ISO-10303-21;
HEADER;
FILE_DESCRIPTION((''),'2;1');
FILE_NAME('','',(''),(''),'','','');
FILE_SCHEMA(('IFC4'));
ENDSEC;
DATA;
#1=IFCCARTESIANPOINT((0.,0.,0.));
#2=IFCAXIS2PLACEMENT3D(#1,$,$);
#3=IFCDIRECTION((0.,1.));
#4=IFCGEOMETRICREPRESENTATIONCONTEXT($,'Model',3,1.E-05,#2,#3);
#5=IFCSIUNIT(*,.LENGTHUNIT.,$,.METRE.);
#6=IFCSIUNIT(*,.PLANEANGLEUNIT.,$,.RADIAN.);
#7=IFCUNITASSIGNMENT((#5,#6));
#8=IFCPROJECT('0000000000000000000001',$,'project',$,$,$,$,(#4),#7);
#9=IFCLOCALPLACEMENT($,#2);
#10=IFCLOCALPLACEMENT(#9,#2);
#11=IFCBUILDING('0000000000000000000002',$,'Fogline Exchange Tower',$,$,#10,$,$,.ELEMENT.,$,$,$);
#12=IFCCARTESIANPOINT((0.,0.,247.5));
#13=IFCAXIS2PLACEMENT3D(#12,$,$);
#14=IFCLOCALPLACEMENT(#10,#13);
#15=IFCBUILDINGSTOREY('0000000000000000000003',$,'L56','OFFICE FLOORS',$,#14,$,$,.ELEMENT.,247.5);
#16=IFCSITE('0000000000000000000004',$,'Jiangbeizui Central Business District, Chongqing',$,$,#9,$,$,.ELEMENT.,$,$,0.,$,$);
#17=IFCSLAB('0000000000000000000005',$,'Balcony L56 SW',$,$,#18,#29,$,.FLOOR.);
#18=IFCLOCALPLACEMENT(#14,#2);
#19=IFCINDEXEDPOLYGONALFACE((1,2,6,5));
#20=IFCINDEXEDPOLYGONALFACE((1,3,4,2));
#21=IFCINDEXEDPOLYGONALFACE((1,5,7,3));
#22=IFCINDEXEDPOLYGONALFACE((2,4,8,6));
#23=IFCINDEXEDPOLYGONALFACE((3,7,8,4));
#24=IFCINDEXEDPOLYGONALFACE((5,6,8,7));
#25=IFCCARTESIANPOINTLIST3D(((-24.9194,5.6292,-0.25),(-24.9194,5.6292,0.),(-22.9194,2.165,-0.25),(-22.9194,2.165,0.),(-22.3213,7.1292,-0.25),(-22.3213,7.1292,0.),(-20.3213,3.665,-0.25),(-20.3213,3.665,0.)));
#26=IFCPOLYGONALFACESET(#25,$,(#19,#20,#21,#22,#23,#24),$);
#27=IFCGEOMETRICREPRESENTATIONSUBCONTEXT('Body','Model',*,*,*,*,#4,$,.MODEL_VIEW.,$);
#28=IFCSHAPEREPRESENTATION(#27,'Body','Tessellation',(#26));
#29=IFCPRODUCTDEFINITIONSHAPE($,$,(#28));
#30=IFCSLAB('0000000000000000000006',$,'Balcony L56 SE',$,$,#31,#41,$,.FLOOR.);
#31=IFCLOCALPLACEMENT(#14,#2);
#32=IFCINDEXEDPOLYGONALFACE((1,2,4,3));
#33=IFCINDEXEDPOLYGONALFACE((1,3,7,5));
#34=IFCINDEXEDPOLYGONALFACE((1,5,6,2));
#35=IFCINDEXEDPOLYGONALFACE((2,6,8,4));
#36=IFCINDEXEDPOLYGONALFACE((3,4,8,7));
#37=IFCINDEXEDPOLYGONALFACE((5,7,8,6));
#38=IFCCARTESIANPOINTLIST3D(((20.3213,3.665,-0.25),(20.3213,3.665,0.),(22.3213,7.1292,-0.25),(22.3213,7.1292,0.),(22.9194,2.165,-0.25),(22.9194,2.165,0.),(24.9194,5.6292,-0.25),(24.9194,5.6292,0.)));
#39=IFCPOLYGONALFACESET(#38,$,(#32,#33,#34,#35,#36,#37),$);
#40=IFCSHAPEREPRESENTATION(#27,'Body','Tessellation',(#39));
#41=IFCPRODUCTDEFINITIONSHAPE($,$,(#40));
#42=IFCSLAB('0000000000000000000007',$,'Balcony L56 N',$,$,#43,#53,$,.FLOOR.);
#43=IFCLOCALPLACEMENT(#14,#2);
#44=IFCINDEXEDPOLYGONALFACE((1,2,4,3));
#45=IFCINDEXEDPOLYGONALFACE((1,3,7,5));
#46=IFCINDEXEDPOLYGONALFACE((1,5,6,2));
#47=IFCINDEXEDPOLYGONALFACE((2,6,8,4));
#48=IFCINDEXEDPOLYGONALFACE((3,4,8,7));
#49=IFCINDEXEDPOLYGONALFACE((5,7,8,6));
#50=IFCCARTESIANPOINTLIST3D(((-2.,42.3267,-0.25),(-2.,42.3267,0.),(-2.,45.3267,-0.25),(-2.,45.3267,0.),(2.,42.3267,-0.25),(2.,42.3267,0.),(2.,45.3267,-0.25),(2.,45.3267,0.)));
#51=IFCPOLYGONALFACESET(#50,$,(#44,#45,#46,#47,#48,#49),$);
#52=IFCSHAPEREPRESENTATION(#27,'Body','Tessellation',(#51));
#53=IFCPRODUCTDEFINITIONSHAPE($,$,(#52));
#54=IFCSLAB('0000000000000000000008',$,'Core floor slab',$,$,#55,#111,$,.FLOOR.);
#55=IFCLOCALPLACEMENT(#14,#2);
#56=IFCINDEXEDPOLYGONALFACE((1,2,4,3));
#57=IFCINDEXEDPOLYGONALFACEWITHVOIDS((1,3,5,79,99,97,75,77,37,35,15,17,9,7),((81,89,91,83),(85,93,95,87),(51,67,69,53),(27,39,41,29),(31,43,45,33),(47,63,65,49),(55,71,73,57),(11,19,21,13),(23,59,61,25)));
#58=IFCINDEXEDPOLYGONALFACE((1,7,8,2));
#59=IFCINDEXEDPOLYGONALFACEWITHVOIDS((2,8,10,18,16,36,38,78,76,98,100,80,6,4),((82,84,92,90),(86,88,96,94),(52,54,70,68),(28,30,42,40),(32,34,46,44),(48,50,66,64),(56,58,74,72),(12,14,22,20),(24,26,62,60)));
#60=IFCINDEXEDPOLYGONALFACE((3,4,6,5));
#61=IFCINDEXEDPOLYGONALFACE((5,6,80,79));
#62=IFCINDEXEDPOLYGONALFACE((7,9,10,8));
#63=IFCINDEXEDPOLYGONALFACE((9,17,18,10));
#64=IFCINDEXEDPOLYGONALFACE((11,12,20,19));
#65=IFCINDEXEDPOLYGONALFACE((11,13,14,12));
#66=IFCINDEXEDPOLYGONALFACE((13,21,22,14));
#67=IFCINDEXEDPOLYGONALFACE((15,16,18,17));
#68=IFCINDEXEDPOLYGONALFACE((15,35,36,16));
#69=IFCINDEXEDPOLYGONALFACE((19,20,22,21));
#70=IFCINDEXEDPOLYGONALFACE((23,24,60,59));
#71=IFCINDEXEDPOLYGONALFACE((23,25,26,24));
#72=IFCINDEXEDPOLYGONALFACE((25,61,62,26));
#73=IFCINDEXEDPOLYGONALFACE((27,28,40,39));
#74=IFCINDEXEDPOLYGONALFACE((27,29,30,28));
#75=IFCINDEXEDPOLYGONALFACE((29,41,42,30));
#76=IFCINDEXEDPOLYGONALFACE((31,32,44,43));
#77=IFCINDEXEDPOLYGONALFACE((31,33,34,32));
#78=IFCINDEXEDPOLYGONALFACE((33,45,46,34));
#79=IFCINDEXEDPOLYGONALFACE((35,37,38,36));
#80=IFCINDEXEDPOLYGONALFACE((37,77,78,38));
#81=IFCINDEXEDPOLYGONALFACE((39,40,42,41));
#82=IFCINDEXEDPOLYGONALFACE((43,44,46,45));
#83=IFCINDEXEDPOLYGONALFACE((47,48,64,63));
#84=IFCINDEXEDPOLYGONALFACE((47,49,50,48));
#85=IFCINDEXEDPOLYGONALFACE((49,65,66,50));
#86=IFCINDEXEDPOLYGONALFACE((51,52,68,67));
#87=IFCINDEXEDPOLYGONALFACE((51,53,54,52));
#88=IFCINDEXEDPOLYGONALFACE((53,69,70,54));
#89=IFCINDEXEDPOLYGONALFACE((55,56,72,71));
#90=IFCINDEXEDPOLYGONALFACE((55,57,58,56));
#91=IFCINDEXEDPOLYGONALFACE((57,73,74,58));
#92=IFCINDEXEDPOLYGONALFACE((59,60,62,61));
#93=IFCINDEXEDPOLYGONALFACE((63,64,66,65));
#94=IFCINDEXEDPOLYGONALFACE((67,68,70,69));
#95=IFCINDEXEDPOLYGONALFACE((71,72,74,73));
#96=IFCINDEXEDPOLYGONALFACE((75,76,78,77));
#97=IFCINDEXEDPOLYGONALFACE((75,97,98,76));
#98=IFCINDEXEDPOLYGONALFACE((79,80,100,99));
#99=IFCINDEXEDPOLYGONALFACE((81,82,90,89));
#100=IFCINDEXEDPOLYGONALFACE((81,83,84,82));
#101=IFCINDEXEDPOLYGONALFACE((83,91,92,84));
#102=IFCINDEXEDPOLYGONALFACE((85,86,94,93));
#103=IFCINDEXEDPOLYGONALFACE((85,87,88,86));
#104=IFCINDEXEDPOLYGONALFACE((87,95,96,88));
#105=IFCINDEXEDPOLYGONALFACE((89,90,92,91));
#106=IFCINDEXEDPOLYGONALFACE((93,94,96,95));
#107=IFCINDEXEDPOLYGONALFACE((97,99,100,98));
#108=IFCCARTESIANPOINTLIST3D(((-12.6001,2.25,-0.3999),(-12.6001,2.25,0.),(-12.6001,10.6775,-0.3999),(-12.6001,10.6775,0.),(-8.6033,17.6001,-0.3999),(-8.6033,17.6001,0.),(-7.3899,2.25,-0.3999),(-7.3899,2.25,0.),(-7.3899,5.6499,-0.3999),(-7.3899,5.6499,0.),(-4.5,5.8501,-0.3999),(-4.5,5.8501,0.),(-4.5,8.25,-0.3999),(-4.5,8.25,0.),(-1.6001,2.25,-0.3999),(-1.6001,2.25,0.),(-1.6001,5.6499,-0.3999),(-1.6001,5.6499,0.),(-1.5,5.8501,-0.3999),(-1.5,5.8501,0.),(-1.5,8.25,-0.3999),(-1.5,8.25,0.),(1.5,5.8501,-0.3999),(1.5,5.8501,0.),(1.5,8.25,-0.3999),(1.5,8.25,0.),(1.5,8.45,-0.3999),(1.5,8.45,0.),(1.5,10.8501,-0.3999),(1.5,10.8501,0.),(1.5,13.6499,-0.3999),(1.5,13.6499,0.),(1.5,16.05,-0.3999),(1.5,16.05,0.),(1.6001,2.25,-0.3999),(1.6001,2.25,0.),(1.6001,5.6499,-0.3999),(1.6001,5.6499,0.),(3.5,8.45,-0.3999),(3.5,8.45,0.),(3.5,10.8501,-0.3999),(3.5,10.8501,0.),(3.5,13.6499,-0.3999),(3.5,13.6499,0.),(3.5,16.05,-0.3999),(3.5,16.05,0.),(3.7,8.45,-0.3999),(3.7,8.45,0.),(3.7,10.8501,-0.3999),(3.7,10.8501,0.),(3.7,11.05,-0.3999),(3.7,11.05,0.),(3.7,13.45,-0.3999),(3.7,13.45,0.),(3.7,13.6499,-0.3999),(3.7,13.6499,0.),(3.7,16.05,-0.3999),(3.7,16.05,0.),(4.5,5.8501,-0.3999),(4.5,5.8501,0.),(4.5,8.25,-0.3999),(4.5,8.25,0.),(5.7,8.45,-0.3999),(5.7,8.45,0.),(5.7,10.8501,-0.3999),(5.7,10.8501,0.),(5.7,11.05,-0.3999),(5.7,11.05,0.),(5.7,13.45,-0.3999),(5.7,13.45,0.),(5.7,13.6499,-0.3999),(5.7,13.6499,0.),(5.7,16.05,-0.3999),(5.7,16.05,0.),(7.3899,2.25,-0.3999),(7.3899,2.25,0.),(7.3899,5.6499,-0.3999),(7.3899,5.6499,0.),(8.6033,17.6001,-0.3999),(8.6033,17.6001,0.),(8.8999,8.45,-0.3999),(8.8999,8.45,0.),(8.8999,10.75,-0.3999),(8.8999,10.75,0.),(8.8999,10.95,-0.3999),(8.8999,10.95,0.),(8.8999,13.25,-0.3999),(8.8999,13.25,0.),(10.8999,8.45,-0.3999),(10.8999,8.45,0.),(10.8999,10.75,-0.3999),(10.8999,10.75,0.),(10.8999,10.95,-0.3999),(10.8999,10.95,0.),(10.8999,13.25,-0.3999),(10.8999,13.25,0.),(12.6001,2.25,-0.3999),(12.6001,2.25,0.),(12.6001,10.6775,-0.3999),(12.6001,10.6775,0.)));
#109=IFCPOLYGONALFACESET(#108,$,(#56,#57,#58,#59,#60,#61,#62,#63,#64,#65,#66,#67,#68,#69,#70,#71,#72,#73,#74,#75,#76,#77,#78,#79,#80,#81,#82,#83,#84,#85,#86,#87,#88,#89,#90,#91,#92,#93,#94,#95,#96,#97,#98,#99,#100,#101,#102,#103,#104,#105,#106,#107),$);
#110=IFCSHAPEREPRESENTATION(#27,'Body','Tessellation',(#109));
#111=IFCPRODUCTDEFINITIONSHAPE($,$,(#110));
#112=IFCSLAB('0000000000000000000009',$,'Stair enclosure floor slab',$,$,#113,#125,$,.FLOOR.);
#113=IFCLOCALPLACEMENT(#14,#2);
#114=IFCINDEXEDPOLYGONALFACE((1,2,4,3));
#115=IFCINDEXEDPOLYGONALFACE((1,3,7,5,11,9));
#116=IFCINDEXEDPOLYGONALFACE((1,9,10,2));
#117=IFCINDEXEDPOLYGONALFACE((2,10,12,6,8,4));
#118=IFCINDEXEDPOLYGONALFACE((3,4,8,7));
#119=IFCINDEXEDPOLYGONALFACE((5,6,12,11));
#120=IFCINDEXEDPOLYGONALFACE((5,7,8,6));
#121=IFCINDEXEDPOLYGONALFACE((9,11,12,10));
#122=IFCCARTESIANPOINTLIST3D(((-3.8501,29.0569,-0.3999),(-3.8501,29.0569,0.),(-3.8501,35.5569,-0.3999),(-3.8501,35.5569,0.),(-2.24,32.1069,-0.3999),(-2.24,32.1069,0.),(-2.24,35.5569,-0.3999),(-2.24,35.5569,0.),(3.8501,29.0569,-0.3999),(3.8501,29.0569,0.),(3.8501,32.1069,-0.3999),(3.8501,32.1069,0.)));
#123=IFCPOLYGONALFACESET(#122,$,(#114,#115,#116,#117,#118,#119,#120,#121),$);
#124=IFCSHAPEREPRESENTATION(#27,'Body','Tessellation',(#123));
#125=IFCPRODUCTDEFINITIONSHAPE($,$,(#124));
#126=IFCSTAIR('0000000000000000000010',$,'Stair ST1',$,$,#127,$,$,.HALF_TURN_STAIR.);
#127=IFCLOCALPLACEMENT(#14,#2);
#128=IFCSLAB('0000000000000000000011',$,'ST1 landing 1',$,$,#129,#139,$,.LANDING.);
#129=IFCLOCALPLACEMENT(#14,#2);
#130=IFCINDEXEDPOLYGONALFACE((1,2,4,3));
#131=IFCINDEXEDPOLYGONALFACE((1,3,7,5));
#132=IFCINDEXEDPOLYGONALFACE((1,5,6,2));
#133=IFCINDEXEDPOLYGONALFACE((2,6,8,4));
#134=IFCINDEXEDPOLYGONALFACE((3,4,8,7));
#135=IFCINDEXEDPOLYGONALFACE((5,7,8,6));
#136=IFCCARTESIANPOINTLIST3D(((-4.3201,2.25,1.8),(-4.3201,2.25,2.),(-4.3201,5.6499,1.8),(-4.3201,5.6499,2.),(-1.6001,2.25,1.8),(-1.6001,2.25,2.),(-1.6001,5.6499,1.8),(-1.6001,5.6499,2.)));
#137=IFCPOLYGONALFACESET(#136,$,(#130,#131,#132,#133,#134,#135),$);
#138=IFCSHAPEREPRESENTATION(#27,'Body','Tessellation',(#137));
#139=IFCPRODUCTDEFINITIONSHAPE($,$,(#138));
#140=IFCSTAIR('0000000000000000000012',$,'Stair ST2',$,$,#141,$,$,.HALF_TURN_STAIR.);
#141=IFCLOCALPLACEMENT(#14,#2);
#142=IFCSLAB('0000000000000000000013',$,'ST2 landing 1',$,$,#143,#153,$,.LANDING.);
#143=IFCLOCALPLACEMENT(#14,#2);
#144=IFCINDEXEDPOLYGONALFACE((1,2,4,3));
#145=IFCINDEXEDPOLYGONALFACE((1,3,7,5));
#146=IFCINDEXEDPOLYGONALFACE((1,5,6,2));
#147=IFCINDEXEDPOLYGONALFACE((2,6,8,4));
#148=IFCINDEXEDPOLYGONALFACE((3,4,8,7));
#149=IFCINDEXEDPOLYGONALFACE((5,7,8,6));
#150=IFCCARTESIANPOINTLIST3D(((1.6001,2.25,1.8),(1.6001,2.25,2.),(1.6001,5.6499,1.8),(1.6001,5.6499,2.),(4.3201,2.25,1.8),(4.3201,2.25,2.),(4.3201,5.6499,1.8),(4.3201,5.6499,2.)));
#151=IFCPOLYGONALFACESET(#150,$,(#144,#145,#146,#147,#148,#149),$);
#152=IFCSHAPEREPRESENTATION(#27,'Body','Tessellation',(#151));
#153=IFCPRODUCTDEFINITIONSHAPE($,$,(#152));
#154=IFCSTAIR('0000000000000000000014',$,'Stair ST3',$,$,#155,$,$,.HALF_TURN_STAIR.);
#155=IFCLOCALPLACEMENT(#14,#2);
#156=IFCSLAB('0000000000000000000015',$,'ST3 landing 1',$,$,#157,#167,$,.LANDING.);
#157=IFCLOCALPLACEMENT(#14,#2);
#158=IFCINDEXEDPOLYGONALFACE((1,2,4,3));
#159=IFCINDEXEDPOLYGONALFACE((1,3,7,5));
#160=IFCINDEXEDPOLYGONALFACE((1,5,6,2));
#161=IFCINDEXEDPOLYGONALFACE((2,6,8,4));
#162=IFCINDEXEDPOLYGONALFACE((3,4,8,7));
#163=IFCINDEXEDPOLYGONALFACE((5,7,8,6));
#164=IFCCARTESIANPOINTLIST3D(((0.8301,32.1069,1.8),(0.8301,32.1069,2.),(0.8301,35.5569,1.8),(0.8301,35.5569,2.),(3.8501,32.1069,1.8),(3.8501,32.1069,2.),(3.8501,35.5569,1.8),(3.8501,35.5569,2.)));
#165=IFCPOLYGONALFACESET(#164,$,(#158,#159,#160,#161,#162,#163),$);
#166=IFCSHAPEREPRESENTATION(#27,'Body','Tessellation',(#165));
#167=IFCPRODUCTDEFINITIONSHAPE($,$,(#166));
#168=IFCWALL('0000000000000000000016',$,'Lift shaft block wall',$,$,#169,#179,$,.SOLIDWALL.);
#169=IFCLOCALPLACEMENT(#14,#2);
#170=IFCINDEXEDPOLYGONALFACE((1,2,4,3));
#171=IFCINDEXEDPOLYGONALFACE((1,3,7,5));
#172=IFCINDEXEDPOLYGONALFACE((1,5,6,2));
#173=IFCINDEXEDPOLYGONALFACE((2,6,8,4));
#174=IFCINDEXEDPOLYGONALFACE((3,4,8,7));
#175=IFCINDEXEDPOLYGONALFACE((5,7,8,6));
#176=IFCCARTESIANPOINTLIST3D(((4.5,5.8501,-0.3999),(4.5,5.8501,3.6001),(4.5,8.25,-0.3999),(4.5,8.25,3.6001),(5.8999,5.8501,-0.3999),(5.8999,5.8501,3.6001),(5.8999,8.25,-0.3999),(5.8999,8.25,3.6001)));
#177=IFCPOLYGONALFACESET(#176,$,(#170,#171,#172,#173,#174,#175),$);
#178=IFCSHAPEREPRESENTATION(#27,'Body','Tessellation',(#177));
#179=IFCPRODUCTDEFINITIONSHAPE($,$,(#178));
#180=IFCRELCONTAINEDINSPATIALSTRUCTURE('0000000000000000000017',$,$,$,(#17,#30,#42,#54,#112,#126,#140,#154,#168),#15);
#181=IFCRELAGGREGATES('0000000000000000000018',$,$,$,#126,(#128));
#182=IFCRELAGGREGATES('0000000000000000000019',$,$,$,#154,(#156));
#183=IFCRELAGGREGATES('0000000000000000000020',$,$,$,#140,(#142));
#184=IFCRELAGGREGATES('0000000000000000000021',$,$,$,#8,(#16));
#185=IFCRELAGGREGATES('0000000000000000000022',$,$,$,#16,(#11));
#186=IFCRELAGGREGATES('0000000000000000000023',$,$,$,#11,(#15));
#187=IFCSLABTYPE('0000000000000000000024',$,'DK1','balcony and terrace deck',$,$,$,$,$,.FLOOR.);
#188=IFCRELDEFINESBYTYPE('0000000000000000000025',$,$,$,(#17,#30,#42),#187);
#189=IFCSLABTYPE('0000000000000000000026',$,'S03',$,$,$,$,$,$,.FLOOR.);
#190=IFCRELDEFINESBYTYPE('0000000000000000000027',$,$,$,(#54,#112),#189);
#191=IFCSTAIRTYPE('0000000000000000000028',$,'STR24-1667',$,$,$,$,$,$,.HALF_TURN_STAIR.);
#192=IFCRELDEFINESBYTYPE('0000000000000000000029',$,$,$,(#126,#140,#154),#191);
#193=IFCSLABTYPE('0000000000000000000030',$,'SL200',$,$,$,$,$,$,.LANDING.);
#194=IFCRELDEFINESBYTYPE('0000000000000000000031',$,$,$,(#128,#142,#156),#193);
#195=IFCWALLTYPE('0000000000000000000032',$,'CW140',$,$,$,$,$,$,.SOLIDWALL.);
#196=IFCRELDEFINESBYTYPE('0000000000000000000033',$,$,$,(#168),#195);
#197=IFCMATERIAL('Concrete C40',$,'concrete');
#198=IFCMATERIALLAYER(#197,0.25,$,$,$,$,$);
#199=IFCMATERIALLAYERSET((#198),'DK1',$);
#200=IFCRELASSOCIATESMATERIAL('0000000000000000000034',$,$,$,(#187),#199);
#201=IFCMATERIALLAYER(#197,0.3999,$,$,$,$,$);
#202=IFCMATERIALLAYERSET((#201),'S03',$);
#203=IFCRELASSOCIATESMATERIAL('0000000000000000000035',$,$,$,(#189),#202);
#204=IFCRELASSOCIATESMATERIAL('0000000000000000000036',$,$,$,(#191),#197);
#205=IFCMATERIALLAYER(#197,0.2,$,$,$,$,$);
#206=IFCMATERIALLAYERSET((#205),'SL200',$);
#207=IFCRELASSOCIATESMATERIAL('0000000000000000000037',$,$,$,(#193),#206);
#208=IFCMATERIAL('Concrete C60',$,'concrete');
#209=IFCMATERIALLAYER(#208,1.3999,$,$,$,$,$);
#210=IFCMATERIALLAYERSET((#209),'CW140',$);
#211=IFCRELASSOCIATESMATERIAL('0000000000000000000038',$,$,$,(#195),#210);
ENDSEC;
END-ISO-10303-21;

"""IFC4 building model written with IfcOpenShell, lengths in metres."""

from ifc_helpers import new_model, si_unit, direction, frame, frame_2d, origin, place, context, subcontext, project, spatial, polyline, rectangle, outline, extrude, material, layer, layer_set, type_object, element, aggregate, save


model = new_model("IFC4")

# Units and contexts
model_context = context("Model", 3, precision=1e-05, world=origin(), true_north=direction((0.0, 1.0)))
body_context = subcontext(model_context, "Body", "Model", "MODEL_VIEW")
ifc_project = project(units=[si_unit("LENGTHUNIT", "METRE"), si_unit("PLANEANGLEUNIT", "RADIAN")], contexts=[model_context])

# Site, building, storey
site_placement = place(None, origin())
site = spatial("IfcSite", under=ifc_project, at=site_placement, Name="Jiangbeizui Central Business District, Chongqing", CompositionType="ELEMENT", RefElevation=0.0)
building_placement = place(site_placement, origin())
building = spatial("IfcBuilding", under=site, at=building_placement, Name="Fogline Exchange Tower", CompositionType="ELEMENT")
storey_placement = place(building_placement, frame((0.0, 0.0, 247.5)))
storey = spatial("IfcBuildingStorey", under=building, at=storey_placement, Name="L56", Description="OFFICE FLOORS", CompositionType="ELEMENT", Elevation=247.5)

# Slabs
ifc_material_1 = material(Name="Concrete C40", Category="concrete")
ifc_layer_1 = layer(ifc_material_1, 0.25)
ifc_layer_set_1 = layer_set([ifc_layer_1], Name="DK1")
slab_type_1 = type_object("IfcSlabType", Name="DK1", Description="balcony and terrace deck", PredefinedType="FLOOR", material=ifc_layer_set_1)
slab_1_placement = place(storey_placement, frame((0.0, 0.0, -0.25)))
element("IfcSlab", 1, at=slab_1_placement, inside=storey, type_object=slab_type_1, Name="Balcony L56 SW", PredefinedType="FLOOR", context=body_context, shape_type="SweptSolid", body=[
    extrude(outline(polyline([(-24.9194, 5.6292), (-22.9194, 2.165), (-20.3213, 3.665), (-22.3213, 7.1292), (-24.9194, 5.6292)])), origin(), (0.0, 0.0, 1.0), 0.25),
])
slab_2_placement = place(storey_placement, frame((0.0, 0.0, -0.25)))
element("IfcSlab", 2, at=slab_2_placement, inside=storey, type_object=slab_type_1, Name="Balcony L56 SE", PredefinedType="FLOOR", context=body_context, shape_type="SweptSolid", body=[
    extrude(outline(polyline([(22.9194, 2.165), (24.9194, 5.6292), (22.3213, 7.1292), (20.3213, 3.665), (22.9194, 2.165)])), origin(), (0.0, 0.0, 1.0), 0.25),
])
slab_3_placement = place(storey_placement, frame((0.0, 0.0, -0.25)))
element("IfcSlab", 3, at=slab_3_placement, inside=storey, type_object=slab_type_1, Name="Balcony L56 N", PredefinedType="FLOOR", context=body_context, shape_type="SweptSolid", body=[
    extrude(outline(polyline([(2.0, 45.3267), (-2.0, 45.3267), (-2.0, 42.3267), (2.0, 42.3267), (2.0, 45.3267)])), origin(), (0.0, 0.0, 1.0), 0.25),
])
ifc_layer_2 = layer(ifc_material_1, 0.3999)
ifc_layer_set_2 = layer_set([ifc_layer_2], Name="S03")
slab_type_2 = type_object("IfcSlabType", Name="S03", PredefinedType="FLOOR", material=ifc_layer_set_2)
slab_4_placement = place(storey_placement, frame((0.0, 0.0, -0.3999)))
element("IfcSlab", 4, at=slab_4_placement, inside=storey, type_object=slab_type_2, Name="Core floor slab", PredefinedType="FLOOR", context=body_context, shape_type="SweptSolid", body=[
    extrude(outline(polyline([(-12.6001, 2.25), (-12.6001, 10.6775), (-8.6033, 17.6001), (8.6033, 17.6001), (12.6001, 10.6775), (12.6001, 2.25), (7.3899, 2.25), (7.3899, 5.6499), (1.6001, 5.6499), (1.6001, 2.25), (-1.6001, 2.25), (-1.6001, 5.6499), (-7.3899, 5.6499), (-7.3899, 2.25), (-12.6001, 2.25)]), holes=[polyline([(-4.5, 8.25), (-4.5, 5.8501), (-1.5, 5.8501), (-1.5, 8.25), (-4.5, 8.25)]), polyline([(4.5, 8.25), (1.5, 8.25), (1.5, 5.8501), (4.5, 5.8501), (4.5, 8.25)]), polyline([(3.5, 10.8501), (1.5, 10.8501), (1.5, 8.45), (3.5, 8.45), (3.5, 10.8501)]), polyline([(1.5, 16.05), (1.5, 13.6499), (3.5, 13.6499), (3.5, 16.05), (1.5, 16.05)]), polyline([(10.8999, 10.75), (8.8999, 10.75), (8.8999, 8.45), (10.8999, 8.45), (10.8999, 10.75)]), polyline([(5.7, 10.8501), (3.7, 10.8501), (3.7, 8.45), (5.7, 8.45), (5.7, 10.8501)]), polyline([(8.8999, 13.25), (8.8999, 10.95), (10.8999, 10.95), (10.8999, 13.25), (8.8999, 13.25)]), polyline([(5.7, 13.45), (3.7, 13.45), (3.7, 11.05), (5.7, 11.05), (5.7, 13.45)]), polyline([(5.7, 16.05), (3.7, 16.05), (3.7, 13.6499), (5.7, 13.6499), (5.7, 16.05)])]), origin(), (0.0, 0.0, 1.0), 0.3999),
])
slab_5_placement = place(storey_placement, frame((0.0, 0.0, -0.3999)))
element("IfcSlab", 5, at=slab_5_placement, inside=storey, type_object=slab_type_2, Name="Stair enclosure floor slab", PredefinedType="FLOOR", context=body_context, shape_type="SweptSolid", body=[
    extrude(outline(polyline([(3.8501, 29.0569), (-3.8501, 29.0569), (-3.8501, 35.5569), (-2.24, 35.5569), (-2.24, 32.1069), (3.8501, 32.1069), (3.8501, 29.0569)])), origin(), (0.0, 0.0, 1.0), 0.3999),
])

# Stairs, slabs
stair_type = type_object("IfcStairType", Name="STR24-1667", PredefinedType="HALF_TURN_STAIR", material=ifc_material_1)
stair_1_placement = place(storey_placement, origin())
stair_1 = element("IfcStair", 6, at=stair_1_placement, inside=storey, type_object=stair_type, Name="Stair ST1", PredefinedType="HALF_TURN_STAIR")
ifc_layer_3 = layer(ifc_material_1, 0.2)
ifc_layer_set_3 = layer_set([ifc_layer_3], Name="SL200")
slab_type_3 = type_object("IfcSlabType", Name="SL200", PredefinedType="LANDING", material=ifc_layer_set_3)
slab_6_placement = place(storey_placement, frame((0.0, 0.0, 1.8)))
slab_6 = element("IfcSlab", 7, at=slab_6_placement, type_object=slab_type_3, Name="ST1 landing 1", PredefinedType="LANDING", context=body_context, shape_type="SweptSolid", body=[
    extrude(outline(polyline([(-4.3201, 2.25), (-1.6001, 2.25), (-1.6001, 5.6499), (-4.3201, 5.6499), (-4.3201, 2.25)])), origin(), (0.0, 0.0, 1.0), 0.2),
])
aggregate(stair_1, [slab_6])
stair_2_placement = place(storey_placement, origin())
stair_2 = element("IfcStair", 8, at=stair_2_placement, inside=storey, type_object=stair_type, Name="Stair ST2", PredefinedType="HALF_TURN_STAIR")
slab_7_placement = place(storey_placement, frame((0.0, 0.0, 1.8)))
slab_7 = element("IfcSlab", 9, at=slab_7_placement, type_object=slab_type_3, Name="ST2 landing 1", PredefinedType="LANDING", context=body_context, shape_type="SweptSolid", body=[
    extrude(outline(polyline([(1.6001, 2.25), (4.3201, 2.25), (4.3201, 5.6499), (1.6001, 5.6499), (1.6001, 2.25)])), origin(), (0.0, 0.0, 1.0), 0.2),
])
stair_3_placement = place(storey_placement, origin())
stair_3 = element("IfcStair", 10, at=stair_3_placement, inside=storey, type_object=stair_type, Name="Stair ST3", PredefinedType="HALF_TURN_STAIR")
slab_8_placement = place(storey_placement, frame((0.0, 0.0, 1.8)))
slab_8 = element("IfcSlab", 11, at=slab_8_placement, type_object=slab_type_3, Name="ST3 landing 1", PredefinedType="LANDING", context=body_context, shape_type="SweptSolid", body=[
    extrude(outline(polyline([(0.8301, 32.1069), (3.8501, 32.1069), (3.8501, 35.5569), (0.8301, 35.5569), (0.8301, 32.1069)])), origin(), (0.0, 0.0, 1.0), 0.2),
])
aggregate(stair_3, [slab_8])

# Wall
ifc_material_2 = material(Name="Concrete C60", Category="concrete")
ifc_layer_4 = layer(ifc_material_2, 1.3999)
ifc_layer_set_4 = layer_set([ifc_layer_4], Name="CW140")
wall_type_1 = type_object("IfcWallType", Name="CW140", PredefinedType="SOLIDWALL", material=ifc_layer_set_4)
wall_1_placement = place(storey_placement, frame((5.2, 5.8501, -0.3999), z_axis=(0.0, 0.0, 1.0), x_axis=(0.0, 1.0, 0.0)))
element("IfcWall", 12, at=wall_1_placement, inside=storey, type_object=wall_type_1, Name="Lift shaft block wall", PredefinedType="SOLIDWALL", context=body_context, shape_type="SweptSolid", body=[
    extrude(rectangle(XDim=2.3999, YDim=1.3999, at=frame_2d((1.2, 0.0))), origin(), (0.0, 0.0, 1.0), 4.0),
])

aggregate(stair_2, [slab_7])

save(model, "model.ifc")
